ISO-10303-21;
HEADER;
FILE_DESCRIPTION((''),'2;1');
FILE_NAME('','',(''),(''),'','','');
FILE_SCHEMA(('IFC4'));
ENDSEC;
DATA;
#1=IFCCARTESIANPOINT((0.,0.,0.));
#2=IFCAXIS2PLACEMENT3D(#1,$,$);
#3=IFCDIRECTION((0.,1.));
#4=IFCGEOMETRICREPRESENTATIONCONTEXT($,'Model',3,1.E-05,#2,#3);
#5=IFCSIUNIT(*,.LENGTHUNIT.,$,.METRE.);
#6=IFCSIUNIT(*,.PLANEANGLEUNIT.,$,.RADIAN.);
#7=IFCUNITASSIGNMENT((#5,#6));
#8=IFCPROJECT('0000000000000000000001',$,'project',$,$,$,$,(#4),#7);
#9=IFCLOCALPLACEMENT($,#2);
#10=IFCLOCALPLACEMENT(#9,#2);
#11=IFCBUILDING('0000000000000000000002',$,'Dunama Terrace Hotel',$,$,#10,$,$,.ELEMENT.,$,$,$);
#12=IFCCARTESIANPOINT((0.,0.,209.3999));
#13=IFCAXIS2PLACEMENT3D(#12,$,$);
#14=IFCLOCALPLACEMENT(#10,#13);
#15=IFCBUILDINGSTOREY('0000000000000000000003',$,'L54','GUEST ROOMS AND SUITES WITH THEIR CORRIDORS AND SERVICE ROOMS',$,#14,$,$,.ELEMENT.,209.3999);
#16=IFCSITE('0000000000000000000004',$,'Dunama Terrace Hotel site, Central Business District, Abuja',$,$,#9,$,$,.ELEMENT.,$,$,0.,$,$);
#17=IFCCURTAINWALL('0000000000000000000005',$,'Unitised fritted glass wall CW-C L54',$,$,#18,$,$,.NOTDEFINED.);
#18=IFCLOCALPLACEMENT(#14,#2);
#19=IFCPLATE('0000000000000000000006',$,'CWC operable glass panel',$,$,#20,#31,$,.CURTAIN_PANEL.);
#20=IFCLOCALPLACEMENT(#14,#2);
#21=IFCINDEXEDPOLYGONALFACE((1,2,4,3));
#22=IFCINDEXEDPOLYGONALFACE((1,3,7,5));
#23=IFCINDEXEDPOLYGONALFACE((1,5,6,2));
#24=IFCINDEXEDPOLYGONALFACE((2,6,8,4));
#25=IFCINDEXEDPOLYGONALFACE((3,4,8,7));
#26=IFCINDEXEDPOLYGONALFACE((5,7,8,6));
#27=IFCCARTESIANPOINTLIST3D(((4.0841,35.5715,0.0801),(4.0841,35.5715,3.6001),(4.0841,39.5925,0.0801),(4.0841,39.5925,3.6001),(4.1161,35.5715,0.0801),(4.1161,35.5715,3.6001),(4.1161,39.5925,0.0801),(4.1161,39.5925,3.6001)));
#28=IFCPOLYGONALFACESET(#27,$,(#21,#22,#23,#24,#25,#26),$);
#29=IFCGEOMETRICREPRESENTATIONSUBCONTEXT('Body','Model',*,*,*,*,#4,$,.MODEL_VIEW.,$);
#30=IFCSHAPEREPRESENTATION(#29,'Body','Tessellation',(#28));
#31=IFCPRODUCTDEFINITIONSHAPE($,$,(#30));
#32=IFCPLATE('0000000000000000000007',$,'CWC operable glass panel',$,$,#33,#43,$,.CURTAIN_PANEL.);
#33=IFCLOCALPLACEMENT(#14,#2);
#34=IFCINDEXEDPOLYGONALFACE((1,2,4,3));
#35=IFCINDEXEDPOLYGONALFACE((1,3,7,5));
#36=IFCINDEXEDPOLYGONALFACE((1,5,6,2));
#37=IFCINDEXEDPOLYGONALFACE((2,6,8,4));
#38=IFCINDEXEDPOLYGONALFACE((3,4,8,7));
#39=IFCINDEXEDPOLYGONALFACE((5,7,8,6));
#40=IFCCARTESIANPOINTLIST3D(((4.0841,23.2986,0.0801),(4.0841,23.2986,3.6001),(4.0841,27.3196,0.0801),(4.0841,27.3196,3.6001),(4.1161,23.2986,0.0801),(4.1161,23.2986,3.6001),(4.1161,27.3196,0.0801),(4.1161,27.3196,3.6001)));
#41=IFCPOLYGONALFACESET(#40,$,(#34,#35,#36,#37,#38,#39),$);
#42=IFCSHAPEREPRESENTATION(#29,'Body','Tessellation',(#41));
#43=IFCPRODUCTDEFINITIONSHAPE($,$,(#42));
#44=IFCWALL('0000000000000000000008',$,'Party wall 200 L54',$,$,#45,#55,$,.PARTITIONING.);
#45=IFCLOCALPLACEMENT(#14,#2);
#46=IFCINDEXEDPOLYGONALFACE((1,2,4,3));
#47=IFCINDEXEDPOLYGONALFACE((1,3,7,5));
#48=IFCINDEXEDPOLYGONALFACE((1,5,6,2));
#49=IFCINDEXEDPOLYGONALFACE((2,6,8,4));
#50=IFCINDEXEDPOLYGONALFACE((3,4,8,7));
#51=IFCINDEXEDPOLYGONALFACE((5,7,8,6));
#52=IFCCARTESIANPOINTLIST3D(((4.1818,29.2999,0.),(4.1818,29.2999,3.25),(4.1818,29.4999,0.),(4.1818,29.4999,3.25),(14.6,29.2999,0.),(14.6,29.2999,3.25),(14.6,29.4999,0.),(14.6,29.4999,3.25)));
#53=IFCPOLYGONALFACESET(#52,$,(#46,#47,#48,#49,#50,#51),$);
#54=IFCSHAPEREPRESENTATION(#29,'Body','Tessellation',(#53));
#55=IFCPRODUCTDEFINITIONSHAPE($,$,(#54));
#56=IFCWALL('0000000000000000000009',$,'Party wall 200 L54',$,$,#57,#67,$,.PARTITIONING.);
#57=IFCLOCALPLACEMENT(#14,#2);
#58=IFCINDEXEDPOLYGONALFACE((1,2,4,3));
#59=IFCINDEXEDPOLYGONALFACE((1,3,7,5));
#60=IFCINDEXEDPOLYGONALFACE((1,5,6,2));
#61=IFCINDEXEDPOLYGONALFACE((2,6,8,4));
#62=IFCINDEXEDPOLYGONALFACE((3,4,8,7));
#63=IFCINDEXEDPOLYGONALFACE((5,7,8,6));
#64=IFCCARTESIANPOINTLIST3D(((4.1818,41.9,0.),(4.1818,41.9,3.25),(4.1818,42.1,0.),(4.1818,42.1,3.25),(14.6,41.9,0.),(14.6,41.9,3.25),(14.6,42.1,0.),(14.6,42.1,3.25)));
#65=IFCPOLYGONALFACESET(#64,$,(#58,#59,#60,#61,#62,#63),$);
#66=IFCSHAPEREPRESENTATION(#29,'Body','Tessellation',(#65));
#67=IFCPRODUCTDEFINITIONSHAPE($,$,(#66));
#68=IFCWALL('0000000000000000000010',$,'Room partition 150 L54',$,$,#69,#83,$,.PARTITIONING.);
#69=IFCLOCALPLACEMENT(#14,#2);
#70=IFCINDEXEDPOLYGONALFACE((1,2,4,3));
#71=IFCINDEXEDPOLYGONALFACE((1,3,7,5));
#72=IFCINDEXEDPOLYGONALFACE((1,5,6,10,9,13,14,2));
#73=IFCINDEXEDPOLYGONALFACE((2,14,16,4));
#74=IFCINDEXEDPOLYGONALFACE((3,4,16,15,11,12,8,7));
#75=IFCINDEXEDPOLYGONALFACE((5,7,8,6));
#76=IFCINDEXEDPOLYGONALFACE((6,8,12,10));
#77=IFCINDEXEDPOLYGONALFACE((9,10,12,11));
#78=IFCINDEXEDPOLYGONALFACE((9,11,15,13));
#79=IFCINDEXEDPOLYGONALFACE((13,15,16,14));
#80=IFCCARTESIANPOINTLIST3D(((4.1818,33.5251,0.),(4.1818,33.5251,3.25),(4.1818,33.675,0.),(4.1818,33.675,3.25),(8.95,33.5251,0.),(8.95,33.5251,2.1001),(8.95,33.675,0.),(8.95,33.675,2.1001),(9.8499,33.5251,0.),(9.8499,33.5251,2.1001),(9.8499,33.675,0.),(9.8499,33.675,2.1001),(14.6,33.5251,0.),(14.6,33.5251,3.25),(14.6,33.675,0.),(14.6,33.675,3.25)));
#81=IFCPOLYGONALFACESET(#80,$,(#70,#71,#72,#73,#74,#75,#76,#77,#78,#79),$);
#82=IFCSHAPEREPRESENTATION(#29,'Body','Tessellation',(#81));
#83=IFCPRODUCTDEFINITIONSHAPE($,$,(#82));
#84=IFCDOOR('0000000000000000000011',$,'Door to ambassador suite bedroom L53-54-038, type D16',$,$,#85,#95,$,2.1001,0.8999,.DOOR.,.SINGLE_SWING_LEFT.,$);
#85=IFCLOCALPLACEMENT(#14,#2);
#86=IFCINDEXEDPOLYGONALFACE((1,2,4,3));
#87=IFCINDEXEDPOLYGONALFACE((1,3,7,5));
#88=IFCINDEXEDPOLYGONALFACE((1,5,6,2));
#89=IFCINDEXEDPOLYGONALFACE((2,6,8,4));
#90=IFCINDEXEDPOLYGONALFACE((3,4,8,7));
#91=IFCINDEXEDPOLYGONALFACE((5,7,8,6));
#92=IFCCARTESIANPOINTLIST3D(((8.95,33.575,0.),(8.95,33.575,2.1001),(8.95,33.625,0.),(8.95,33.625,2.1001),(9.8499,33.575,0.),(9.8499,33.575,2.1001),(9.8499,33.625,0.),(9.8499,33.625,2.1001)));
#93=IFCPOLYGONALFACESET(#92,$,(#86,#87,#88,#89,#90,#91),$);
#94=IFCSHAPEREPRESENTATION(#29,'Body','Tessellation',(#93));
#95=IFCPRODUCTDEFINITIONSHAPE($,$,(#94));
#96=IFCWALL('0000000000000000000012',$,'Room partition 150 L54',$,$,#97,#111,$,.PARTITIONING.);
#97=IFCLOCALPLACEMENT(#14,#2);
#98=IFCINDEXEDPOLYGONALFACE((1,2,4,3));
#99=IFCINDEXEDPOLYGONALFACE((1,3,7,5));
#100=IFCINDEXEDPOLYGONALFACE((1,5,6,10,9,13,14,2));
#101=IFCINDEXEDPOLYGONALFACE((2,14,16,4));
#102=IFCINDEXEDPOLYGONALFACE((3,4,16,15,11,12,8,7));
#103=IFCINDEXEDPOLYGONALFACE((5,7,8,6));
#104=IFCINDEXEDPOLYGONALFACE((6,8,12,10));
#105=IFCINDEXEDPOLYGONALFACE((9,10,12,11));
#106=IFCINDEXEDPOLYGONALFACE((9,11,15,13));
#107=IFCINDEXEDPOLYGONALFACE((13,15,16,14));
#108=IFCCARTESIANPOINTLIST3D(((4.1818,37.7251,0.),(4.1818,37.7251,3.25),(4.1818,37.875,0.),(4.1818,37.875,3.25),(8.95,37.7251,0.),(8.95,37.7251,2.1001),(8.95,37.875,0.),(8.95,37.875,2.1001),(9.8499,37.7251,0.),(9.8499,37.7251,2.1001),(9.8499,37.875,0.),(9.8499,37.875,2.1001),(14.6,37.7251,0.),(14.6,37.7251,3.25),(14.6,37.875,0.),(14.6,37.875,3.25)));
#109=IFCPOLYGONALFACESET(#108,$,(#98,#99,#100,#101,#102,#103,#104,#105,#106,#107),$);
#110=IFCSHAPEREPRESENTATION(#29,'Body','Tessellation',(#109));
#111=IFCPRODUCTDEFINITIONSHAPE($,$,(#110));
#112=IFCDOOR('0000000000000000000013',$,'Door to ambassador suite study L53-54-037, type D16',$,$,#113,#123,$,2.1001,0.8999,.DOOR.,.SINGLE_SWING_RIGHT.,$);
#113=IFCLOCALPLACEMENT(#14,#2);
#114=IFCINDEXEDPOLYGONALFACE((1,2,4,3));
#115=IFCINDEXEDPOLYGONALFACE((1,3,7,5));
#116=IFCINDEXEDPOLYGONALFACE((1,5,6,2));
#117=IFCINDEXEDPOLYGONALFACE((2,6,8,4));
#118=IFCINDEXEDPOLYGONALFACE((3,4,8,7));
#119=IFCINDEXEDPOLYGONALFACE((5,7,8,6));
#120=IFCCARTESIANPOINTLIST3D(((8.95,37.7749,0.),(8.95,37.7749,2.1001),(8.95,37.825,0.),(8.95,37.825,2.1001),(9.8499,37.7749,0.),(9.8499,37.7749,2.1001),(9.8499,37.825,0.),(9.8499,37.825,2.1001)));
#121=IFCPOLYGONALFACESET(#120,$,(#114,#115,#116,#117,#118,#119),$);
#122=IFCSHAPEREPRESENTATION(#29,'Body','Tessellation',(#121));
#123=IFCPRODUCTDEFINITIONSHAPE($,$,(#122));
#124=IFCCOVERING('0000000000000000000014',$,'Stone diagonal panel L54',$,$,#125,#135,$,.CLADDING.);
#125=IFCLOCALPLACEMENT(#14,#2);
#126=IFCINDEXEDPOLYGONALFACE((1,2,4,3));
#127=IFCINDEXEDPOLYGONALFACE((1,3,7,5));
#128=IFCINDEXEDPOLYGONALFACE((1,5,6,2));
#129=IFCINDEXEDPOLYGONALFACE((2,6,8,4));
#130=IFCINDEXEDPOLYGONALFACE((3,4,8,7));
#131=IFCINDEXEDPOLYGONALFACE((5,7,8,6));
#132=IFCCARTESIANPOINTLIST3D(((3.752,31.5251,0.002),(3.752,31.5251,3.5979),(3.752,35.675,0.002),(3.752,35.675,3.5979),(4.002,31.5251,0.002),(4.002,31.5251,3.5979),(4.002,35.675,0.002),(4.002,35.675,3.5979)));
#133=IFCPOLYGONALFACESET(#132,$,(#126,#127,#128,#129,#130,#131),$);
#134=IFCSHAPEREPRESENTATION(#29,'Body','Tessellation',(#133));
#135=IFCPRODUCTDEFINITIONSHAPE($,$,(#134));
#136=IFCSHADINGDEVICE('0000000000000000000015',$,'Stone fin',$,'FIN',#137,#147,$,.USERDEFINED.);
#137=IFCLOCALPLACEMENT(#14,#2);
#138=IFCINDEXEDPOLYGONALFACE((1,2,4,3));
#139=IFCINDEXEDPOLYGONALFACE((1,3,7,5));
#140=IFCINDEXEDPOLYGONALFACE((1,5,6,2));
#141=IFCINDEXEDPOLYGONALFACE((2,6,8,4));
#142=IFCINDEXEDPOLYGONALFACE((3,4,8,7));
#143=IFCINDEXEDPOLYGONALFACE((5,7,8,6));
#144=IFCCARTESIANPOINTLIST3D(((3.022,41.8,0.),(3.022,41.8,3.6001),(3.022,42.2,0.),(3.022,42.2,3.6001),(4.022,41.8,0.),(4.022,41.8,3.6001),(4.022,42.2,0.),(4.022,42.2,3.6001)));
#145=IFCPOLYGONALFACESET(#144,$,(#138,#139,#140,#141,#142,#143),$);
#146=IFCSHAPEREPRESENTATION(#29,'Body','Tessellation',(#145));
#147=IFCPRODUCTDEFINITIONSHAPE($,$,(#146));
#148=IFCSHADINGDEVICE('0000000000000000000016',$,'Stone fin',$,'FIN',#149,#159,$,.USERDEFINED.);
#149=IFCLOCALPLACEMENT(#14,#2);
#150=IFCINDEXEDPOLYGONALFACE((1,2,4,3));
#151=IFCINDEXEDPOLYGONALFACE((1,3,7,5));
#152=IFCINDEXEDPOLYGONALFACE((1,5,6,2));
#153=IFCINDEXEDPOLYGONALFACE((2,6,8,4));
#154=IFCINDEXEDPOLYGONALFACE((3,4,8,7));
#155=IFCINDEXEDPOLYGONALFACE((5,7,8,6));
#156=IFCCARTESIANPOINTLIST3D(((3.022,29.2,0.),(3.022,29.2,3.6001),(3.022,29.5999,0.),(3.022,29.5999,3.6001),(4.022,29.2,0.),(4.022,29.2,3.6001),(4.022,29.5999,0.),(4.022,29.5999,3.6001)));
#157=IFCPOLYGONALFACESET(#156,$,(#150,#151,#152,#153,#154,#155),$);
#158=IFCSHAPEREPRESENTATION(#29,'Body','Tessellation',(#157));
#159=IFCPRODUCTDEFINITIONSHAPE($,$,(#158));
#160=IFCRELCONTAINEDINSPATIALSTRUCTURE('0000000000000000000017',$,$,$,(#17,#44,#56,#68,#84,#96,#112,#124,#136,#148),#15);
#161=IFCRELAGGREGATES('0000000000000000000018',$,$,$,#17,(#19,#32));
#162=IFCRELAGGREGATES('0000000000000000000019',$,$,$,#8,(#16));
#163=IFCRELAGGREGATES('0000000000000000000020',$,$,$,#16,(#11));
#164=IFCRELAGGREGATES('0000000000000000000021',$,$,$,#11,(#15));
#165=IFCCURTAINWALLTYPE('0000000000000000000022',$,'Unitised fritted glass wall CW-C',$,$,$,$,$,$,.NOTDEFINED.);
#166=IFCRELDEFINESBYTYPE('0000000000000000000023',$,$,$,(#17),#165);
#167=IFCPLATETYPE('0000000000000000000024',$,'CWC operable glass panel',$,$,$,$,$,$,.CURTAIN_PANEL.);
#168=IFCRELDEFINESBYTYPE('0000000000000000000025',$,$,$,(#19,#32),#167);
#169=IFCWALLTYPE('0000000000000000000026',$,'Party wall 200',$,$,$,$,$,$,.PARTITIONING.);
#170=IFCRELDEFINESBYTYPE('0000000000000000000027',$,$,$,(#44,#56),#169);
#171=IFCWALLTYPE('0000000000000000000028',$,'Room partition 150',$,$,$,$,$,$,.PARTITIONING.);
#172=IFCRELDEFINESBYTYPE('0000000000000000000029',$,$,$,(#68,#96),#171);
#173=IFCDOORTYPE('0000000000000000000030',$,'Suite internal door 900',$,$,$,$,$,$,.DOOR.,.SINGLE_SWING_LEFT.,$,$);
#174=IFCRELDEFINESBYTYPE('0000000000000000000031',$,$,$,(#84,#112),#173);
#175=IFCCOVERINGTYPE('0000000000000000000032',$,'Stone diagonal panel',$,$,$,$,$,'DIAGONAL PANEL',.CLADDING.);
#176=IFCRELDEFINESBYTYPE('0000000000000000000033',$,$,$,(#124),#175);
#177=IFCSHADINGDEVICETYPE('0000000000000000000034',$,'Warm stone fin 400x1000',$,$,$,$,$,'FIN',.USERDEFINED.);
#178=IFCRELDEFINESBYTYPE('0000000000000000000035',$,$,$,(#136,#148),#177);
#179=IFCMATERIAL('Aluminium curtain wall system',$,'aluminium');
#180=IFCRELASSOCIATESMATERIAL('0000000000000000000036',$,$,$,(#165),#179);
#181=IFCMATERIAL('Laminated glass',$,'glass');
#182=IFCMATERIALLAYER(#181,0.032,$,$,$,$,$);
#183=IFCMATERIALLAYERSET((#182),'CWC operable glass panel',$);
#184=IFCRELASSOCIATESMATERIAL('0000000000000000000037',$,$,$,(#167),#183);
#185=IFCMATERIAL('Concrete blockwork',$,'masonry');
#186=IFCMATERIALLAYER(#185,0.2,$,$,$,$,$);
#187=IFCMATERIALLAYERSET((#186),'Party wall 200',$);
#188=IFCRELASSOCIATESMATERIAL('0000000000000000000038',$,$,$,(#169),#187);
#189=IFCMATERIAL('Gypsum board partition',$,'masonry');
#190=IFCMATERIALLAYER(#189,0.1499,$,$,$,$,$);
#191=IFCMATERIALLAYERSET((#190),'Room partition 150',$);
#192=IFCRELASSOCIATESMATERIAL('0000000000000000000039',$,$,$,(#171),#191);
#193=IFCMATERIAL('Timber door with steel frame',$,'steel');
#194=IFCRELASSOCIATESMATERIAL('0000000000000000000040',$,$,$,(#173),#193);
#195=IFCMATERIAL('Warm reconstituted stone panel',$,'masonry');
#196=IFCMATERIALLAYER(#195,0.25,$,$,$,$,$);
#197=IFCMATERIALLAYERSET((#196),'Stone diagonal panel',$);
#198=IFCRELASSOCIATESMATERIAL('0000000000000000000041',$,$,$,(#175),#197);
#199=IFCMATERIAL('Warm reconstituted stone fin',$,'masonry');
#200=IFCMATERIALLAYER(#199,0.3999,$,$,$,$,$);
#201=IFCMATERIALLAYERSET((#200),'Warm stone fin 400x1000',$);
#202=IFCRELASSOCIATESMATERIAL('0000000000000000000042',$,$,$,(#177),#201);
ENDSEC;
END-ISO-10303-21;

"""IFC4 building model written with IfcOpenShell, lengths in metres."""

from ifc_helpers import new_model, si_unit, direction, frame, frame_2d, origin, origin_2d, place, context, subcontext, project, spatial, rectangle, extrude, material, layer, layer_set, type_object, element, fill, aggregate, save


model = new_model("IFC4")

# Units and contexts
model_context = context("Model", 3, precision=1e-05, world=origin(), true_north=direction((0.0, 1.0)))
body_context = subcontext(model_context, "Body", "Model", "MODEL_VIEW")
ifc_project = project(units=[si_unit("LENGTHUNIT", "METRE"), si_unit("PLANEANGLEUNIT", "RADIAN")], contexts=[model_context])

# Site, building, storey
site_placement = place(None, origin())
site = spatial("IfcSite", under=ifc_project, at=site_placement, Name="Dunama Terrace Hotel site, Central Business District, Abuja", CompositionType="ELEMENT", RefElevation=0.0)
building_placement = place(site_placement, origin())
building = spatial("IfcBuilding", under=site, at=building_placement, Name="Dunama Terrace Hotel", CompositionType="ELEMENT")
storey_placement = place(building_placement, frame((0.0, 0.0, 209.3999)))
storey = spatial("IfcBuildingStorey", under=building, at=storey_placement, Name="L54", Description="GUEST ROOMS AND SUITES WITH THEIR CORRIDORS AND SERVICE ROOMS", CompositionType="ELEMENT", Elevation=209.3999)

# Curtain wall, plates
ifc_material_1 = material(Name="Aluminium curtain wall system", Category="aluminium")
curtain_wall_type = type_object("IfcCurtainWallType", Name="Unitised fritted glass wall CW-C", PredefinedType="NOTDEFINED", material=ifc_material_1)
curtain_wall_placement = place(storey_placement, origin())
curtain_wall = element("IfcCurtainWall", 1, at=curtain_wall_placement, inside=storey, type_object=curtain_wall_type, Name="Unitised fritted glass wall CW-C L54", PredefinedType="NOTDEFINED")
ifc_material_2 = material(Name="Laminated glass", Category="glass")
ifc_layer_1 = layer(ifc_material_2, 0.032)
ifc_layer_set_1 = layer_set([ifc_layer_1], Name="CWC operable glass panel")
plate_type_1 = type_object("IfcPlateType", Name="CWC operable glass panel", PredefinedType="CURTAIN_PANEL", material=ifc_layer_set_1)
plate_1_placement = place(storey_placement, frame((4.1001, 37.582, 0.0801), z_axis=(0.0, 0.0, 1.0), x_axis=(0.0, -1.0, 0.0)))
plate_1 = element("IfcPlate", 2, at=plate_1_placement, type_object=plate_type_1, Name="CWC operable glass panel", PredefinedType="CURTAIN_PANEL", context=body_context, shape_type="SweptSolid", body=[
    extrude(rectangle(XDim=4.021, YDim=0.032, at=origin_2d()), origin(), (0.0, 0.0, 1.0), 3.52),
])
plate_2_placement = place(storey_placement, frame((4.1001, 25.3091, 0.0801), z_axis=(0.0, 0.0, 1.0), x_axis=(0.0, -1.0, 0.0)))
plate_2 = element("IfcPlate", 3, at=plate_2_placement, type_object=plate_type_1, Name="CWC operable glass panel", PredefinedType="CURTAIN_PANEL", context=body_context, shape_type="SweptSolid", body=[
    extrude(rectangle(XDim=4.021, YDim=0.032, at=origin_2d()), origin(), (0.0, 0.0, 1.0), 3.52),
])
aggregate(curtain_wall, [plate_1, plate_2])

# Walls
ifc_material_3 = material(Name="Concrete blockwork", Category="masonry")
ifc_layer_2 = layer(ifc_material_3, 0.2)
ifc_layer_set_2 = layer_set([ifc_layer_2], Name="Party wall 200")
wall_type_1 = type_object("IfcWallType", Name="Party wall 200", PredefinedType="PARTITIONING", material=ifc_layer_set_2)
for number, where, z_axis, x_axis, name in (
    (4, (4.1819, 29.3999, 0.0), (0.0, 0.0, 1.0), (1.0, 0.0, 0.0), "Party wall 200 L54"),
    (5, (4.1819, 42.0, 0.0), (0.0, 0.0, 1.0), (1.0, 0.0, 0.0), "Party wall 200 L54"),
):
    element("IfcWall", number, at=place(storey_placement, frame(where, z_axis=z_axis, x_axis=x_axis)), inside=storey, type_object=wall_type_1, Name=name, PredefinedType="PARTITIONING", context=body_context, shape_type="SweptSolid", body=[
        extrude(rectangle(XDim=10.4182, YDim=0.2, at=frame_2d((5.209, 0.0))), origin(), (0.0, 0.0, 1.0), 3.25),
    ])

# Walls, openings, doors
ifc_material_4 = material(Name="Gypsum board partition", Category="masonry")
ifc_layer_3 = layer(ifc_material_4, 0.1499)
ifc_layer_set_3 = layer_set([ifc_layer_3], Name="Room partition 150")
wall_type_2 = type_object("IfcWallType", Name="Room partition 150", PredefinedType="PARTITIONING", material=ifc_layer_set_3)
wall_1_placement = place(storey_placement, frame((4.1819, 33.6001, 0.0), z_axis=(0.0, 0.0, 1.0), x_axis=(1.0, 0.0, 0.0)))
wall_1 = element("IfcWall", 6, at=wall_1_placement, inside=storey, type_object=wall_type_2, Name="Room partition 150 L54", PredefinedType="PARTITIONING", context=body_context, shape_type="SweptSolid", body=[
    extrude(rectangle(XDim=10.4182, YDim=0.1499, at=frame_2d((5.209, 0.0))), origin(), (0.0, 0.0, 1.0), 3.25),
])
opening_1_placement = place(wall_1_placement, frame((4.7681, 0.0, 0.0)))
opening_1 = element("IfcOpeningElement", 7, at=opening_1_placement, cuts=wall_1, PredefinedType="OPENING", context=body_context, shape_type="SweptSolid", body=[
    extrude(rectangle(XDim=0.8999, YDim=2.1001, at=frame_2d((0.45, 1.05))), frame((0.0, 0.085, 0.0), z_axis=(0.0, -1.0, 0.0), x_axis=(1.0, 0.0, 0.0)), (0.0, 0.0, 1.0), 0.1699),
])
ifc_material_5 = material(Name="Timber door with steel frame", Category="steel")
door_type = type_object("IfcDoorType", Name="Suite internal door 900", OperationType="SINGLE_SWING_LEFT", PredefinedType="DOOR", material=ifc_material_5)
door_1_placement = place(opening_1_placement, frame((0.8999, 0.0, 0.0), z_axis=(0.0, 0.0, 1.0), x_axis=(-1.0, 0.0, 0.0)))
door_1 = element("IfcDoor", 8, at=door_1_placement, inside=storey, type_object=door_type, Name="Door to ambassador suite bedroom L53-54-038, type D16", OperationType="SINGLE_SWING_LEFT", OverallHeight=2.1001, OverallWidth=0.8999, PredefinedType="DOOR", context=body_context, shape_type="SweptSolid", body=[
    extrude(rectangle(XDim=0.8999, YDim=2.1001, at=frame_2d((0.45, 1.05))), frame((0.0, 0.0251, 0.0), z_axis=(0.0, -1.0, 0.0), x_axis=(1.0, 0.0, 0.0)), (0.0, 0.0, 1.0), 0.05),
])
fill(opening_1, door_1)
wall_2_placement = place(storey_placement, frame((4.1819, 37.8, 0.0), z_axis=(0.0, 0.0, 1.0), x_axis=(1.0, 0.0, 0.0)))
wall_2 = element("IfcWall", 9, at=wall_2_placement, inside=storey, type_object=wall_type_2, Name="Room partition 150 L54", PredefinedType="PARTITIONING", context=body_context, shape_type="SweptSolid", body=[
    extrude(rectangle(XDim=10.4182, YDim=0.1499, at=frame_2d((5.209, 0.0))), origin(), (0.0, 0.0, 1.0), 3.25),
])
opening_2_placement = place(wall_2_placement, frame((4.7681, 0.0, 0.0)))
opening_2 = element("IfcOpeningElement", 10, at=opening_2_placement, cuts=wall_2, PredefinedType="OPENING", context=body_context, shape_type="SweptSolid", body=[
    extrude(rectangle(XDim=0.8999, YDim=2.1001, at=frame_2d((0.45, 1.05))), frame((0.0, 0.085, 0.0), z_axis=(0.0, -1.0, 0.0), x_axis=(1.0, 0.0, 0.0)), (0.0, 0.0, 1.0), 0.1699),
])
door_2_placement = place(opening_2_placement, origin())
door_2 = element("IfcDoor", 11, at=door_2_placement, inside=storey, type_object=door_type, Name="Door to ambassador suite study L53-54-037, type D16", OperationType="SINGLE_SWING_RIGHT", OverallHeight=2.1001, OverallWidth=0.8999, PredefinedType="DOOR", context=body_context, shape_type="SweptSolid", body=[
    extrude(rectangle(XDim=0.8999, YDim=2.1001, at=frame_2d((0.45, 1.05))), frame((0.0, 0.0249, 0.0), z_axis=(0.0, -1.0, 0.0), x_axis=(1.0, 0.0, 0.0)), (0.0, 0.0, 1.0), 0.05),
])
fill(opening_2, door_2)

# Covering
ifc_material_6 = material(Name="Warm reconstituted stone panel", Category="masonry")
ifc_layer_4 = layer(ifc_material_6, 0.25)
ifc_layer_set_4 = layer_set([ifc_layer_4], Name="Stone diagonal panel")
covering_type = type_object("IfcCoveringType", Name="Stone diagonal panel", ElementType="DIAGONAL PANEL", PredefinedType="CLADDING", material=ifc_layer_set_4)
covering_placement = place(storey_placement, frame((3.877, 33.6001, 0.002), z_axis=(0.0, 0.0, 1.0), x_axis=(0.0, -1.0, 0.0)))
element("IfcCovering", 12, at=covering_placement, inside=storey, type_object=covering_type, Name="Stone diagonal panel L54", PredefinedType="CLADDING", context=body_context, shape_type="SweptSolid", body=[
    extrude(rectangle(XDim=4.1499, YDim=0.25, at=origin_2d()), origin(), (0.0, 0.0, 1.0), 3.5959),
])

# Shading devices
ifc_material_7 = material(Name="Warm reconstituted stone fin", Category="masonry")
ifc_layer_5 = layer(ifc_material_7, 0.3999)
ifc_layer_set_5 = layer_set([ifc_layer_5], Name="Warm stone fin 400x1000")
shading_device_type = type_object("IfcShadingDeviceType", Name="Warm stone fin 400x1000", ElementType="FIN", PredefinedType="USERDEFINED", material=ifc_layer_set_5)
for number, where, z_axis, x_axis, name in (
    (13, (3.522, 42.0, 0.0), (0.0, 0.0, 1.0), (0.0, -1.0, 0.0), "Stone fin"),
    (14, (3.522, 29.3999, 0.0), (0.0, 0.0, 1.0), (0.0, -1.0, 0.0), "Stone fin"),
):
    element("IfcShadingDevice", number, at=place(storey_placement, frame(where, z_axis=z_axis, x_axis=x_axis)), inside=storey, type_object=shading_device_type, Name=name, ObjectType="FIN", PredefinedType="USERDEFINED", context=body_context, shape_type="SweptSolid", body=[
        extrude(rectangle(XDim=0.3999, YDim=1.0, at=origin_2d()), origin(), (0.0, 0.0, 1.0), 3.6001),
    ])

save(model, "model.ifc")
